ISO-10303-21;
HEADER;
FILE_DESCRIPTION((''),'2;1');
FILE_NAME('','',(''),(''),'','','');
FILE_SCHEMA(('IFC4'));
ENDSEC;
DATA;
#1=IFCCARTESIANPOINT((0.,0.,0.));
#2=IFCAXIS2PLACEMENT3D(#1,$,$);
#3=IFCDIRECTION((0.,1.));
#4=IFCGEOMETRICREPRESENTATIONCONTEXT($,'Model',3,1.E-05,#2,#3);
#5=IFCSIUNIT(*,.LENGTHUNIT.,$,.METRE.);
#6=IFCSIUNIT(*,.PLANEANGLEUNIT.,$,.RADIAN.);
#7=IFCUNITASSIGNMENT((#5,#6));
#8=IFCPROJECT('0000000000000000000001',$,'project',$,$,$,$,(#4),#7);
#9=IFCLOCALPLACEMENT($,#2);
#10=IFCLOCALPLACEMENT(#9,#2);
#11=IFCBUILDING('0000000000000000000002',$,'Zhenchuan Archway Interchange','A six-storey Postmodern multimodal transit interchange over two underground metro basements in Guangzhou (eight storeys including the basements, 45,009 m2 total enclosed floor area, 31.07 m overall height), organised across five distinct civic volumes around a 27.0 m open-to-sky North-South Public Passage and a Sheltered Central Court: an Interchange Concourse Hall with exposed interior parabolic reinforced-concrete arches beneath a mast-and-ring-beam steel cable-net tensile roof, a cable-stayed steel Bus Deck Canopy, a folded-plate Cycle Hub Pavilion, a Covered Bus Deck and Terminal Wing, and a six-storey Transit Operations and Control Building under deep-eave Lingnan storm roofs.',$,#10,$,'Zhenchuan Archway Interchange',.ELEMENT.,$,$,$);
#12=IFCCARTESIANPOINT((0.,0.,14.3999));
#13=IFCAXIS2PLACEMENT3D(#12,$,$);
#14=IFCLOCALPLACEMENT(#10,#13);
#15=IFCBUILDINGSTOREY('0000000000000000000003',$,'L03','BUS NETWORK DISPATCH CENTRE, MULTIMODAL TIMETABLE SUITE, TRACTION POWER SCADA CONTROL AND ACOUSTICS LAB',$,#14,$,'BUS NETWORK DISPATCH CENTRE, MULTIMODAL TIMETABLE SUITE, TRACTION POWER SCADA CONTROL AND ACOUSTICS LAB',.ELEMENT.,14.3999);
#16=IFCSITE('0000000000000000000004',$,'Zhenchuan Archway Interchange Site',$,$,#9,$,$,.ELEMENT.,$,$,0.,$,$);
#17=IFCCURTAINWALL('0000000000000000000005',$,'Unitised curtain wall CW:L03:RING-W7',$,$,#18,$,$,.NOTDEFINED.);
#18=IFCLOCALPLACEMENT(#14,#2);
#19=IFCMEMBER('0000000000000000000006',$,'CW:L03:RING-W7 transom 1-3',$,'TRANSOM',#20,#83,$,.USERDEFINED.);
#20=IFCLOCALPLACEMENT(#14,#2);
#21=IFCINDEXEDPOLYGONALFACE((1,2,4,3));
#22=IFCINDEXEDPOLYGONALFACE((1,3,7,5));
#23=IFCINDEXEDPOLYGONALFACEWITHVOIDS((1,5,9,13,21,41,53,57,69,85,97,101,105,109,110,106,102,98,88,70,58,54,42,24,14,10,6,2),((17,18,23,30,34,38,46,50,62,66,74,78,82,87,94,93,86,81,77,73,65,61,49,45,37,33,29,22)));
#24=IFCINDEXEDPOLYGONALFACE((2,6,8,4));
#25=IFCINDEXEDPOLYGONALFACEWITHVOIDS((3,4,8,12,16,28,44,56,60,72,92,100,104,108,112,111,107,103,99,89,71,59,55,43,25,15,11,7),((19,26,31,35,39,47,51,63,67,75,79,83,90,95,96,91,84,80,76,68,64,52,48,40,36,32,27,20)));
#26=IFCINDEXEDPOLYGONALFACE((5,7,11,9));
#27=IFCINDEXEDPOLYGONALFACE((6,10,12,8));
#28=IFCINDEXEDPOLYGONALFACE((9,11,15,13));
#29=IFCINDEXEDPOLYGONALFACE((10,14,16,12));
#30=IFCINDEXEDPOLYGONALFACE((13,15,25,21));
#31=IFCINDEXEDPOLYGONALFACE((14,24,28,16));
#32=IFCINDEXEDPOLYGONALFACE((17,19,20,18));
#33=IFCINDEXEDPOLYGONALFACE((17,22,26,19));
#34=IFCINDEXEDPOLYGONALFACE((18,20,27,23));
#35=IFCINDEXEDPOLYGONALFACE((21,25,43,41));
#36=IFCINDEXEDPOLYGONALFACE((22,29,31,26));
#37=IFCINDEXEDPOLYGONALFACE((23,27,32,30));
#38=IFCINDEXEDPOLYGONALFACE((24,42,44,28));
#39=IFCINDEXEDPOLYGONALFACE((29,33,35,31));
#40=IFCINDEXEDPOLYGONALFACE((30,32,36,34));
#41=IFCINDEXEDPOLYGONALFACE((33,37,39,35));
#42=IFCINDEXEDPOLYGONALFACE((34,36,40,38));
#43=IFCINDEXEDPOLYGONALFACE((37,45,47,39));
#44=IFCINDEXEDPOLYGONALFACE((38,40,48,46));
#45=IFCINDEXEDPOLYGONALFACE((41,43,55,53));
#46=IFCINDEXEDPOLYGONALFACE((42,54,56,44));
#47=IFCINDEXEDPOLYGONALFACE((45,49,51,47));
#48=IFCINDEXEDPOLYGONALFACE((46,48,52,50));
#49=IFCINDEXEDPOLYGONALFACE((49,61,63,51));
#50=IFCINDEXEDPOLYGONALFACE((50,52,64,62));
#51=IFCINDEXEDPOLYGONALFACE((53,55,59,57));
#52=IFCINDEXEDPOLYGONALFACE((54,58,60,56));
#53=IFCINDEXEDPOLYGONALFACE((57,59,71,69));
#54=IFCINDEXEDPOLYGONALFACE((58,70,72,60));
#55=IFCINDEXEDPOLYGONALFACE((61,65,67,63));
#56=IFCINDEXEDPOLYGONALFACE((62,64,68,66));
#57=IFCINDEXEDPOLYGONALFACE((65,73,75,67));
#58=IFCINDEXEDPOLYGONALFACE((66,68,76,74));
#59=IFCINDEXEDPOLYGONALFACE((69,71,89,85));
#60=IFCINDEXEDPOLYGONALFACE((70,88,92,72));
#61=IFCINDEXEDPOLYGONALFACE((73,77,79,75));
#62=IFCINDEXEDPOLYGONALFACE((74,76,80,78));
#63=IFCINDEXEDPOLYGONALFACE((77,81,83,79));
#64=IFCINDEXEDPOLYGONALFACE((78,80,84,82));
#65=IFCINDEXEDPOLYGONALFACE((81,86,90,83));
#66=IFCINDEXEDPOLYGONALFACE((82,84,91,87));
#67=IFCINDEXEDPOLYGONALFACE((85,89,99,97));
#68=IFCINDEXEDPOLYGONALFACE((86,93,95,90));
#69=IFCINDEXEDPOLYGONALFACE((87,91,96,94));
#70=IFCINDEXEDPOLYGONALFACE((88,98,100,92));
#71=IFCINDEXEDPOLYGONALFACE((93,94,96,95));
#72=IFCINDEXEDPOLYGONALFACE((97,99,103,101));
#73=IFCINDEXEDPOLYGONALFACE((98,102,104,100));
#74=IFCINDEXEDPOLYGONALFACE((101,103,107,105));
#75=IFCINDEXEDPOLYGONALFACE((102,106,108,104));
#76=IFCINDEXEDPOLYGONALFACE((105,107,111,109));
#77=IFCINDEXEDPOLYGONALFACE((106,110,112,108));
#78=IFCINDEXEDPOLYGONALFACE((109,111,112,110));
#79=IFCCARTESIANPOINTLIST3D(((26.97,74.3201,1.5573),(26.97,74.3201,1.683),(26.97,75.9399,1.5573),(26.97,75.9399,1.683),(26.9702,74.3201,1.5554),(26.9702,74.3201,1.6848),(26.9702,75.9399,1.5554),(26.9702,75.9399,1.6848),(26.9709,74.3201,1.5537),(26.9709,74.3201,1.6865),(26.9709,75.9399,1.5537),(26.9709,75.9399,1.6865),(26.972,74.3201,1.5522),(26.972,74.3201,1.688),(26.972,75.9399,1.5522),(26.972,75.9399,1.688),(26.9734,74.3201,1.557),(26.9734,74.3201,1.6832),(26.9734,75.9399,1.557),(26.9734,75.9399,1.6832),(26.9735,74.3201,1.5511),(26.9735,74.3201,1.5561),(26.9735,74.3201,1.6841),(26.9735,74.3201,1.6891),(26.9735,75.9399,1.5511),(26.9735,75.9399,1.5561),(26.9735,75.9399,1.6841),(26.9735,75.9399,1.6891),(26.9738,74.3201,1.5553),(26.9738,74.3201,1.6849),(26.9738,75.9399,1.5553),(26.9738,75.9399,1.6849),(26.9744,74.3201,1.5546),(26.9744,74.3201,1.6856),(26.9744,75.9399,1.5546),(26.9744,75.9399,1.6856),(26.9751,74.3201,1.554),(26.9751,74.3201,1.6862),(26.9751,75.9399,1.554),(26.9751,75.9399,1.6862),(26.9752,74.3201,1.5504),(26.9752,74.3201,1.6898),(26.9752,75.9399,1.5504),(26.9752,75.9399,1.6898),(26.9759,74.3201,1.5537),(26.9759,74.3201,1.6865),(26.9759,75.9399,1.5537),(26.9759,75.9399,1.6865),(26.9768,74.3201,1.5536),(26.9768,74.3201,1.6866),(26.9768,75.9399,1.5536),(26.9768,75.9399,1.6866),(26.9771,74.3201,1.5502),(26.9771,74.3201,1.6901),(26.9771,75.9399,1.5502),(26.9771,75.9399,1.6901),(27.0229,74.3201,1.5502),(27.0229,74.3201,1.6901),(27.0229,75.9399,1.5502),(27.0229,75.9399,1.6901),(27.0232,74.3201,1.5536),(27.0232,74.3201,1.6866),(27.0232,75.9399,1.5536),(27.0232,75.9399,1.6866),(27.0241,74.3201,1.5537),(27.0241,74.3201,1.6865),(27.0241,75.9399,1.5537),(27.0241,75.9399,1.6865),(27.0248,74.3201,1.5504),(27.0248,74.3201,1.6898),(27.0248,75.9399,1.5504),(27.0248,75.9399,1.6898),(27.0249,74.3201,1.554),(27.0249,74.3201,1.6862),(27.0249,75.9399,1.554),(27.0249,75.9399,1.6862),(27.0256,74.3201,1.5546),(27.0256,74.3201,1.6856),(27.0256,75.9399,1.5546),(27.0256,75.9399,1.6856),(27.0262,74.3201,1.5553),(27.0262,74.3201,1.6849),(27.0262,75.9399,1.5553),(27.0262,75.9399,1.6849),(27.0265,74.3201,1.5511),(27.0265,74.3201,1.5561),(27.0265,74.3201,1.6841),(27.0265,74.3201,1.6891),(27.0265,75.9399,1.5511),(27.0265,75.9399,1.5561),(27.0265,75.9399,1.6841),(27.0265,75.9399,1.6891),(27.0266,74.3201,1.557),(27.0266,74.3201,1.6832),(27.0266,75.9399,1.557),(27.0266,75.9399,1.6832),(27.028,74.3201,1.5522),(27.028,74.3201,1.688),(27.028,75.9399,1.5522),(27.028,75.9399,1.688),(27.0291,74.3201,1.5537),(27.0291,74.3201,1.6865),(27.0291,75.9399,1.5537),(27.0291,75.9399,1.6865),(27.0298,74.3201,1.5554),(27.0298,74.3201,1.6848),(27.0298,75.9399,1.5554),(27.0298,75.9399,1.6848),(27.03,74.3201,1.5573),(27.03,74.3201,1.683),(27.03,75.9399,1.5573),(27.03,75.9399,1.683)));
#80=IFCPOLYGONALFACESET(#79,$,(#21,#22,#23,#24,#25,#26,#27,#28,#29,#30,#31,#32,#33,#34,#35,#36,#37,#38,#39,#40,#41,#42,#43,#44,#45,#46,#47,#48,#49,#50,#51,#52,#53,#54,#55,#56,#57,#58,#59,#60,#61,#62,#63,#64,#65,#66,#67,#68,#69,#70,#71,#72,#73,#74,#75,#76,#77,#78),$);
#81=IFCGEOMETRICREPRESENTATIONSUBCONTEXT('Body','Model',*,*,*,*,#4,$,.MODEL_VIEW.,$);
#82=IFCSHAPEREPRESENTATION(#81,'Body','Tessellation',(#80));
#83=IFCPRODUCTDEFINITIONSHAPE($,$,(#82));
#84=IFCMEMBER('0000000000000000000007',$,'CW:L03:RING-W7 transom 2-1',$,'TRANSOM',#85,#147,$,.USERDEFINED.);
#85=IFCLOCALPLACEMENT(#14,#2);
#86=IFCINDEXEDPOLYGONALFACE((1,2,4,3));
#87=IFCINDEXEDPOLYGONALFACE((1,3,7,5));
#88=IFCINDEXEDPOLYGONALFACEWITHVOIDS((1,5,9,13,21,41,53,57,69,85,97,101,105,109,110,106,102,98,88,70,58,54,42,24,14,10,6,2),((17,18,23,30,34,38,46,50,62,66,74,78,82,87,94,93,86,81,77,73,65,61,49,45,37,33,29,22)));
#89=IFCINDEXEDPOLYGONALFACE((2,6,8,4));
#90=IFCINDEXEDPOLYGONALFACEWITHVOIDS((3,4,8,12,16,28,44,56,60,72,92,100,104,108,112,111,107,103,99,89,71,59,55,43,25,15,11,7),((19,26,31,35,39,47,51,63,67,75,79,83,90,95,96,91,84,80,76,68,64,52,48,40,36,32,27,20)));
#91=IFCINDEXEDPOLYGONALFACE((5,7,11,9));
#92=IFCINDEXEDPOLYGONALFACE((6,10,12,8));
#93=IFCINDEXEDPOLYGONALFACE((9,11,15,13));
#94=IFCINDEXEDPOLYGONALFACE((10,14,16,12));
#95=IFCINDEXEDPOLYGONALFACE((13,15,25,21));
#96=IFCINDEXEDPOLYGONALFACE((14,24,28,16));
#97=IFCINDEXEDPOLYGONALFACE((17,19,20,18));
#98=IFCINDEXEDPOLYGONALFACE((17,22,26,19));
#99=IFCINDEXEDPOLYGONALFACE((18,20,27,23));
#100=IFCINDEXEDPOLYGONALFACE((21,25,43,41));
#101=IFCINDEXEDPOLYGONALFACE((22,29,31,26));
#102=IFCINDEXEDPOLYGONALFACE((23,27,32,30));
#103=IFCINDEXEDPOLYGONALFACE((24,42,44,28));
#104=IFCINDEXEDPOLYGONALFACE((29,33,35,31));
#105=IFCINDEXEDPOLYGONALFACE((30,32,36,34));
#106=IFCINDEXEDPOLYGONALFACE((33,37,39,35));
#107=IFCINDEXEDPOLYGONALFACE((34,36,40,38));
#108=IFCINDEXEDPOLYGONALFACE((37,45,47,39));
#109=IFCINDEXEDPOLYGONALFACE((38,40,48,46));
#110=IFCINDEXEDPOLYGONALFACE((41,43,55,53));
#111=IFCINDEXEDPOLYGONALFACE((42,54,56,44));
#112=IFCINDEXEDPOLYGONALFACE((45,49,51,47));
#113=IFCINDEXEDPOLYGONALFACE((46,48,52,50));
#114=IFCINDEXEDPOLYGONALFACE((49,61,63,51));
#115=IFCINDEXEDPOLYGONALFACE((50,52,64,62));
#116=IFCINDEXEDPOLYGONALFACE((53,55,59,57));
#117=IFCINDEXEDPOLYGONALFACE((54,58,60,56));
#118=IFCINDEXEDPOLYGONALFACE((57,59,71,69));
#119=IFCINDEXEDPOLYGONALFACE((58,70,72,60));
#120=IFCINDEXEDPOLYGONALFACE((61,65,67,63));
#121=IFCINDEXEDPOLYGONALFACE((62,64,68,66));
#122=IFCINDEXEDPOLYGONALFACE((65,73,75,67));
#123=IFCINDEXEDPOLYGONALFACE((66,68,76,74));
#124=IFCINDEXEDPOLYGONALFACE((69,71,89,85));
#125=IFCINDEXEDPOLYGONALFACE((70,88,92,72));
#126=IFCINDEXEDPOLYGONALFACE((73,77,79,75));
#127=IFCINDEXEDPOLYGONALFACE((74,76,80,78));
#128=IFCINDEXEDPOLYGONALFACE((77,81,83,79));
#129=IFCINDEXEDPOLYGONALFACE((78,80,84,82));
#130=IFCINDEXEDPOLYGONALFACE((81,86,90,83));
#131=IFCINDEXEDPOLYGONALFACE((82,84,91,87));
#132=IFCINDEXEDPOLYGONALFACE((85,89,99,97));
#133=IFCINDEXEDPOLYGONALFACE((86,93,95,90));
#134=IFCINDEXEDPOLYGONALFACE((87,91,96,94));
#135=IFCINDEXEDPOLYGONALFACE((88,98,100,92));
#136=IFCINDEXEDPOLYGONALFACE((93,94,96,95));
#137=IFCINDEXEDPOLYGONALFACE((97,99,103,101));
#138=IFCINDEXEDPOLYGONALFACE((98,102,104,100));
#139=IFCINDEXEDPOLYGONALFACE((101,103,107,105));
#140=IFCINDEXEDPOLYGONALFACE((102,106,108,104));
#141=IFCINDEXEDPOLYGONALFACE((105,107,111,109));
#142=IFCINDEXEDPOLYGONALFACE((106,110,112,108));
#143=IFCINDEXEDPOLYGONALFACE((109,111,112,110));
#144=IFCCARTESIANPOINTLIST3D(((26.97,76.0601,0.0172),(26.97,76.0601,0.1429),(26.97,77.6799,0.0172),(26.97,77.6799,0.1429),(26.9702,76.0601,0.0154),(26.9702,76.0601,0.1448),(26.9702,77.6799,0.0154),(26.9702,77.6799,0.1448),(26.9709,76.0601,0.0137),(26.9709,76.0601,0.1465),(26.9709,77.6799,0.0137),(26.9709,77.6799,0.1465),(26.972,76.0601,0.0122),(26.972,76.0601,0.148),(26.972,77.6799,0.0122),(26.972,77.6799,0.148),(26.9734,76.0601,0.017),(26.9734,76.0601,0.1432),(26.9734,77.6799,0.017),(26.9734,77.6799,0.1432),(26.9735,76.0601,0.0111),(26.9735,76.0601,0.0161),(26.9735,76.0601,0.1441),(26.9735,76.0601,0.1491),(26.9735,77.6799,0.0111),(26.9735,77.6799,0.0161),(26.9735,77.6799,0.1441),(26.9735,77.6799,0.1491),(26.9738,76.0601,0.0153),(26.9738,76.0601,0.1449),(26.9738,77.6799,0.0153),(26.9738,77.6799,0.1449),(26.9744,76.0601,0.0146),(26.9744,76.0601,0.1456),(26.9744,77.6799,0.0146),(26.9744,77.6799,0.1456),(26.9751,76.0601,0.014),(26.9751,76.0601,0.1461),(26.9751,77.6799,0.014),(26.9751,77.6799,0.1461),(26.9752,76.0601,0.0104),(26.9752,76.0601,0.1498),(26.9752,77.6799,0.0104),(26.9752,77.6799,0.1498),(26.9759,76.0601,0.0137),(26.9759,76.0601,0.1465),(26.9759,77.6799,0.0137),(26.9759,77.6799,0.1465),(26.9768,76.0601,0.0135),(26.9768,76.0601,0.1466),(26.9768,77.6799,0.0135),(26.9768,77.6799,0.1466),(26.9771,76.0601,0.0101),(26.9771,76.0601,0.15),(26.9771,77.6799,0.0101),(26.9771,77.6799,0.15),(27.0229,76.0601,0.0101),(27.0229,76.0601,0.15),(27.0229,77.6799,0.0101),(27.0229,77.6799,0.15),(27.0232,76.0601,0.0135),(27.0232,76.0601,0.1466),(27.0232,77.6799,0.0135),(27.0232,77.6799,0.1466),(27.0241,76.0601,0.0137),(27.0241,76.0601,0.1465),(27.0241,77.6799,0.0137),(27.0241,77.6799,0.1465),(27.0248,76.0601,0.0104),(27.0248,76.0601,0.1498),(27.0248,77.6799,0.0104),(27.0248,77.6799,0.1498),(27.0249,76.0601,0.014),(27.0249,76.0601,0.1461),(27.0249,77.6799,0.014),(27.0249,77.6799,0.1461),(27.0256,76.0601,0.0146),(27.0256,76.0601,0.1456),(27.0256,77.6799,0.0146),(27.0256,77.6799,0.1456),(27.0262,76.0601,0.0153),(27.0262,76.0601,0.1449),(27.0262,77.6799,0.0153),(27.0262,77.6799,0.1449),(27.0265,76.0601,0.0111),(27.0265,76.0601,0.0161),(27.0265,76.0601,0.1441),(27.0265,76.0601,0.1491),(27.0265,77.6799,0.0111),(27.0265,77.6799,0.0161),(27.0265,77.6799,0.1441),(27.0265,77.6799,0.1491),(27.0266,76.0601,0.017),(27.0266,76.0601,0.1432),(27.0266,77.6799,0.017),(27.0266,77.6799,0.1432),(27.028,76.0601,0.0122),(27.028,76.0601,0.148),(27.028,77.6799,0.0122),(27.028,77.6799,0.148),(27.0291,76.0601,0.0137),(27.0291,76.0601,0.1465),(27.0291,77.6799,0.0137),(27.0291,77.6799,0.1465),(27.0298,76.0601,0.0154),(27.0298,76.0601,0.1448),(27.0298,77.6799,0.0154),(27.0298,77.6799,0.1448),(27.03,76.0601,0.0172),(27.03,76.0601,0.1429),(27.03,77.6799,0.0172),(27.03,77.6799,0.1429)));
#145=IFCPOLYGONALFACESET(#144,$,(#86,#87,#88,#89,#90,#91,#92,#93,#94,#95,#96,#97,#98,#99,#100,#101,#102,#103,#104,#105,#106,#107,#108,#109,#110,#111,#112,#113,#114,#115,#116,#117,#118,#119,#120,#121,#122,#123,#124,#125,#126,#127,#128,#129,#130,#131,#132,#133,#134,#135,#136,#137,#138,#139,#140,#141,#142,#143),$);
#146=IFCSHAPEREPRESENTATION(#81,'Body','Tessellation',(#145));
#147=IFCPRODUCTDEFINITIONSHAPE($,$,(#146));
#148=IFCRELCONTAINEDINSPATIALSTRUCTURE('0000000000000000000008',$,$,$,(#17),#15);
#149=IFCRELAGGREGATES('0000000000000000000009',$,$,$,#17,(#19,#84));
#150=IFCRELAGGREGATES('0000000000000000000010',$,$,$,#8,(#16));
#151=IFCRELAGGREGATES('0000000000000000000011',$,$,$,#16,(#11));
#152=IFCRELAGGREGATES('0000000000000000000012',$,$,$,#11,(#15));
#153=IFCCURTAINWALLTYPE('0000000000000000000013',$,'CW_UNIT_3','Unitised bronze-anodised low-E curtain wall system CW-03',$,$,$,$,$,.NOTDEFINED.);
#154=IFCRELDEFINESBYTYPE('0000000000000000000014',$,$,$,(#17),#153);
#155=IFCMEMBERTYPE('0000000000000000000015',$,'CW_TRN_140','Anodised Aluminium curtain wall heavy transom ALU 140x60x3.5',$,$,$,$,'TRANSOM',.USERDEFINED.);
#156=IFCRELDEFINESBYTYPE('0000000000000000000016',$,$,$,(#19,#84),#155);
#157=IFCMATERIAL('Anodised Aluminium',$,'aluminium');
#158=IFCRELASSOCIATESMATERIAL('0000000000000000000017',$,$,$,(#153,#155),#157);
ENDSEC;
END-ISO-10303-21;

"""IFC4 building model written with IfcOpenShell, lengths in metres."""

from ifc_helpers import new_model, si_unit, direction, frame, origin, origin_2d, place, context, subcontext, project, spatial, hollow_rectangle, extrude, material, material_profile, profile_set, type_object, element, aggregate, save


model = new_model("IFC4")

# Units and contexts
model_context = context("Model", 3, precision=1e-05, world=origin(), true_north=direction((0.0, 1.0)))
body_context = subcontext(model_context, "Body", "Model", "MODEL_VIEW")
ifc_project = project(units=[si_unit("LENGTHUNIT", "METRE"), si_unit("PLANEANGLEUNIT", "RADIAN")], contexts=[model_context])

# Site, building, storey
site_placement = place(None, origin())
site = spatial("IfcSite", under=ifc_project, at=site_placement, Name="Zhenchuan Archway Interchange Site", CompositionType="ELEMENT", RefElevation=0.0)
building_placement = place(site_placement, origin())
building = spatial("IfcBuilding", under=site, at=building_placement, Name="Zhenchuan Archway Interchange", Description="A six-storey Postmodern multimodal transit interchange over two underground metro basements in Guangzhou (eight storeys including the basements, 45,009 m2 total enclosed floor area, 31.07 m overall height), organised across five distinct civic volumes around a 27.0 m open-to-sky North-South Public Passage and a Sheltered Central Court: an Interchange Concourse Hall with exposed interior parabolic reinforced-concrete arches beneath a mast-and-ring-beam steel cable-net tensile roof, a cable-stayed steel Bus Deck Canopy, a folded-plate Cycle Hub Pavilion, a Covered Bus Deck and Terminal Wing, and a six-storey Transit Operations and Control Building under deep-eave Lingnan storm roofs.", LongName="Zhenchuan Archway Interchange", CompositionType="ELEMENT")
storey_placement = place(building_placement, frame((0.0, 0.0, 14.3999)))
storey = spatial("IfcBuildingStorey", under=building, at=storey_placement, Name="L03", Description="BUS NETWORK DISPATCH CENTRE, MULTIMODAL TIMETABLE SUITE, TRACTION POWER SCADA CONTROL AND ACOUSTICS LAB", LongName="BUS NETWORK DISPATCH CENTRE, MULTIMODAL TIMETABLE SUITE, TRACTION POWER SCADA CONTROL AND ACOUSTICS LAB", CompositionType="ELEMENT", Elevation=14.3999)

# Curtain wall, members
ifc_material_1 = material(Name="Anodised Aluminium", Category="aluminium")
curtain_wall_type = type_object("IfcCurtainWallType", Name="CW_UNIT_3", Description="Unitised bronze-anodised low-E curtain wall system CW-03", PredefinedType="NOTDEFINED", material=ifc_material_1)
curtain_wall_placement = place(storey_placement, origin())
curtain_wall = element("IfcCurtainWall", 1, at=curtain_wall_placement, inside=storey, type_object=curtain_wall_type, Name="Unitised curtain wall CW:L03:RING-W7", PredefinedType="NOTDEFINED")
ifc_material_profile_1 = material_profile(ifc_material_1, hollow_rectangle(XDim=0.0601, YDim=0.1399, WallThickness=0.0034, InnerFilletRadius=0.0034, OuterFilletRadius=0.0071, at=origin_2d()), Name="ALU 140x60x3.5")
ifc_profile_set_1 = profile_set([ifc_material_profile_1], Name="Anodised Aluminium")
member_type_1 = type_object("IfcMemberType", Name="CW_TRN_140", Description="Anodised Aluminium curtain wall heavy transom ALU 140x60x3.5", ElementType="TRANSOM", PredefinedType="USERDEFINED", material=ifc_profile_set_1)
member_1_placement = place(storey_placement, frame((27.0, 74.3201, 1.6201), z_axis=(0.0, 1.0, 0.0), x_axis=(-1.0, 0.0, 0.0)))
member_1 = element("IfcMember", 2, at=member_1_placement, type_object=member_type_1, Name="CW:L03:RING-W7 transom 1-3", ObjectType="TRANSOM", PredefinedType="USERDEFINED", context=body_context, shape_type="SweptSolid", body=[
    extrude(hollow_rectangle(XDim=0.0601, YDim=0.1399, WallThickness=0.0034, InnerFilletRadius=0.0034, OuterFilletRadius=0.0071, at=origin_2d()), origin(), (0.0, 0.0, 1.0), 1.6199),
])
member_2_placement = place(storey_placement, frame((27.0, 76.0601, 0.0801), z_axis=(0.0, 1.0, 0.0), x_axis=(-1.0, 0.0, 0.0)))
member_2 = element("IfcMember", 3, at=member_2_placement, type_object=member_type_1, Name="CW:L03:RING-W7 transom 2-1", ObjectType="TRANSOM", PredefinedType="USERDEFINED", context=body_context, shape_type="SweptSolid", body=[
    extrude(hollow_rectangle(XDim=0.0601, YDim=0.1399, WallThickness=0.0034, InnerFilletRadius=0.0034, OuterFilletRadius=0.0071, at=origin_2d()), origin(), (0.0, 0.0, 1.0), 1.6199),
])

aggregate(curtain_wall, [member_1, member_2])

save(model, "model.ifc")
